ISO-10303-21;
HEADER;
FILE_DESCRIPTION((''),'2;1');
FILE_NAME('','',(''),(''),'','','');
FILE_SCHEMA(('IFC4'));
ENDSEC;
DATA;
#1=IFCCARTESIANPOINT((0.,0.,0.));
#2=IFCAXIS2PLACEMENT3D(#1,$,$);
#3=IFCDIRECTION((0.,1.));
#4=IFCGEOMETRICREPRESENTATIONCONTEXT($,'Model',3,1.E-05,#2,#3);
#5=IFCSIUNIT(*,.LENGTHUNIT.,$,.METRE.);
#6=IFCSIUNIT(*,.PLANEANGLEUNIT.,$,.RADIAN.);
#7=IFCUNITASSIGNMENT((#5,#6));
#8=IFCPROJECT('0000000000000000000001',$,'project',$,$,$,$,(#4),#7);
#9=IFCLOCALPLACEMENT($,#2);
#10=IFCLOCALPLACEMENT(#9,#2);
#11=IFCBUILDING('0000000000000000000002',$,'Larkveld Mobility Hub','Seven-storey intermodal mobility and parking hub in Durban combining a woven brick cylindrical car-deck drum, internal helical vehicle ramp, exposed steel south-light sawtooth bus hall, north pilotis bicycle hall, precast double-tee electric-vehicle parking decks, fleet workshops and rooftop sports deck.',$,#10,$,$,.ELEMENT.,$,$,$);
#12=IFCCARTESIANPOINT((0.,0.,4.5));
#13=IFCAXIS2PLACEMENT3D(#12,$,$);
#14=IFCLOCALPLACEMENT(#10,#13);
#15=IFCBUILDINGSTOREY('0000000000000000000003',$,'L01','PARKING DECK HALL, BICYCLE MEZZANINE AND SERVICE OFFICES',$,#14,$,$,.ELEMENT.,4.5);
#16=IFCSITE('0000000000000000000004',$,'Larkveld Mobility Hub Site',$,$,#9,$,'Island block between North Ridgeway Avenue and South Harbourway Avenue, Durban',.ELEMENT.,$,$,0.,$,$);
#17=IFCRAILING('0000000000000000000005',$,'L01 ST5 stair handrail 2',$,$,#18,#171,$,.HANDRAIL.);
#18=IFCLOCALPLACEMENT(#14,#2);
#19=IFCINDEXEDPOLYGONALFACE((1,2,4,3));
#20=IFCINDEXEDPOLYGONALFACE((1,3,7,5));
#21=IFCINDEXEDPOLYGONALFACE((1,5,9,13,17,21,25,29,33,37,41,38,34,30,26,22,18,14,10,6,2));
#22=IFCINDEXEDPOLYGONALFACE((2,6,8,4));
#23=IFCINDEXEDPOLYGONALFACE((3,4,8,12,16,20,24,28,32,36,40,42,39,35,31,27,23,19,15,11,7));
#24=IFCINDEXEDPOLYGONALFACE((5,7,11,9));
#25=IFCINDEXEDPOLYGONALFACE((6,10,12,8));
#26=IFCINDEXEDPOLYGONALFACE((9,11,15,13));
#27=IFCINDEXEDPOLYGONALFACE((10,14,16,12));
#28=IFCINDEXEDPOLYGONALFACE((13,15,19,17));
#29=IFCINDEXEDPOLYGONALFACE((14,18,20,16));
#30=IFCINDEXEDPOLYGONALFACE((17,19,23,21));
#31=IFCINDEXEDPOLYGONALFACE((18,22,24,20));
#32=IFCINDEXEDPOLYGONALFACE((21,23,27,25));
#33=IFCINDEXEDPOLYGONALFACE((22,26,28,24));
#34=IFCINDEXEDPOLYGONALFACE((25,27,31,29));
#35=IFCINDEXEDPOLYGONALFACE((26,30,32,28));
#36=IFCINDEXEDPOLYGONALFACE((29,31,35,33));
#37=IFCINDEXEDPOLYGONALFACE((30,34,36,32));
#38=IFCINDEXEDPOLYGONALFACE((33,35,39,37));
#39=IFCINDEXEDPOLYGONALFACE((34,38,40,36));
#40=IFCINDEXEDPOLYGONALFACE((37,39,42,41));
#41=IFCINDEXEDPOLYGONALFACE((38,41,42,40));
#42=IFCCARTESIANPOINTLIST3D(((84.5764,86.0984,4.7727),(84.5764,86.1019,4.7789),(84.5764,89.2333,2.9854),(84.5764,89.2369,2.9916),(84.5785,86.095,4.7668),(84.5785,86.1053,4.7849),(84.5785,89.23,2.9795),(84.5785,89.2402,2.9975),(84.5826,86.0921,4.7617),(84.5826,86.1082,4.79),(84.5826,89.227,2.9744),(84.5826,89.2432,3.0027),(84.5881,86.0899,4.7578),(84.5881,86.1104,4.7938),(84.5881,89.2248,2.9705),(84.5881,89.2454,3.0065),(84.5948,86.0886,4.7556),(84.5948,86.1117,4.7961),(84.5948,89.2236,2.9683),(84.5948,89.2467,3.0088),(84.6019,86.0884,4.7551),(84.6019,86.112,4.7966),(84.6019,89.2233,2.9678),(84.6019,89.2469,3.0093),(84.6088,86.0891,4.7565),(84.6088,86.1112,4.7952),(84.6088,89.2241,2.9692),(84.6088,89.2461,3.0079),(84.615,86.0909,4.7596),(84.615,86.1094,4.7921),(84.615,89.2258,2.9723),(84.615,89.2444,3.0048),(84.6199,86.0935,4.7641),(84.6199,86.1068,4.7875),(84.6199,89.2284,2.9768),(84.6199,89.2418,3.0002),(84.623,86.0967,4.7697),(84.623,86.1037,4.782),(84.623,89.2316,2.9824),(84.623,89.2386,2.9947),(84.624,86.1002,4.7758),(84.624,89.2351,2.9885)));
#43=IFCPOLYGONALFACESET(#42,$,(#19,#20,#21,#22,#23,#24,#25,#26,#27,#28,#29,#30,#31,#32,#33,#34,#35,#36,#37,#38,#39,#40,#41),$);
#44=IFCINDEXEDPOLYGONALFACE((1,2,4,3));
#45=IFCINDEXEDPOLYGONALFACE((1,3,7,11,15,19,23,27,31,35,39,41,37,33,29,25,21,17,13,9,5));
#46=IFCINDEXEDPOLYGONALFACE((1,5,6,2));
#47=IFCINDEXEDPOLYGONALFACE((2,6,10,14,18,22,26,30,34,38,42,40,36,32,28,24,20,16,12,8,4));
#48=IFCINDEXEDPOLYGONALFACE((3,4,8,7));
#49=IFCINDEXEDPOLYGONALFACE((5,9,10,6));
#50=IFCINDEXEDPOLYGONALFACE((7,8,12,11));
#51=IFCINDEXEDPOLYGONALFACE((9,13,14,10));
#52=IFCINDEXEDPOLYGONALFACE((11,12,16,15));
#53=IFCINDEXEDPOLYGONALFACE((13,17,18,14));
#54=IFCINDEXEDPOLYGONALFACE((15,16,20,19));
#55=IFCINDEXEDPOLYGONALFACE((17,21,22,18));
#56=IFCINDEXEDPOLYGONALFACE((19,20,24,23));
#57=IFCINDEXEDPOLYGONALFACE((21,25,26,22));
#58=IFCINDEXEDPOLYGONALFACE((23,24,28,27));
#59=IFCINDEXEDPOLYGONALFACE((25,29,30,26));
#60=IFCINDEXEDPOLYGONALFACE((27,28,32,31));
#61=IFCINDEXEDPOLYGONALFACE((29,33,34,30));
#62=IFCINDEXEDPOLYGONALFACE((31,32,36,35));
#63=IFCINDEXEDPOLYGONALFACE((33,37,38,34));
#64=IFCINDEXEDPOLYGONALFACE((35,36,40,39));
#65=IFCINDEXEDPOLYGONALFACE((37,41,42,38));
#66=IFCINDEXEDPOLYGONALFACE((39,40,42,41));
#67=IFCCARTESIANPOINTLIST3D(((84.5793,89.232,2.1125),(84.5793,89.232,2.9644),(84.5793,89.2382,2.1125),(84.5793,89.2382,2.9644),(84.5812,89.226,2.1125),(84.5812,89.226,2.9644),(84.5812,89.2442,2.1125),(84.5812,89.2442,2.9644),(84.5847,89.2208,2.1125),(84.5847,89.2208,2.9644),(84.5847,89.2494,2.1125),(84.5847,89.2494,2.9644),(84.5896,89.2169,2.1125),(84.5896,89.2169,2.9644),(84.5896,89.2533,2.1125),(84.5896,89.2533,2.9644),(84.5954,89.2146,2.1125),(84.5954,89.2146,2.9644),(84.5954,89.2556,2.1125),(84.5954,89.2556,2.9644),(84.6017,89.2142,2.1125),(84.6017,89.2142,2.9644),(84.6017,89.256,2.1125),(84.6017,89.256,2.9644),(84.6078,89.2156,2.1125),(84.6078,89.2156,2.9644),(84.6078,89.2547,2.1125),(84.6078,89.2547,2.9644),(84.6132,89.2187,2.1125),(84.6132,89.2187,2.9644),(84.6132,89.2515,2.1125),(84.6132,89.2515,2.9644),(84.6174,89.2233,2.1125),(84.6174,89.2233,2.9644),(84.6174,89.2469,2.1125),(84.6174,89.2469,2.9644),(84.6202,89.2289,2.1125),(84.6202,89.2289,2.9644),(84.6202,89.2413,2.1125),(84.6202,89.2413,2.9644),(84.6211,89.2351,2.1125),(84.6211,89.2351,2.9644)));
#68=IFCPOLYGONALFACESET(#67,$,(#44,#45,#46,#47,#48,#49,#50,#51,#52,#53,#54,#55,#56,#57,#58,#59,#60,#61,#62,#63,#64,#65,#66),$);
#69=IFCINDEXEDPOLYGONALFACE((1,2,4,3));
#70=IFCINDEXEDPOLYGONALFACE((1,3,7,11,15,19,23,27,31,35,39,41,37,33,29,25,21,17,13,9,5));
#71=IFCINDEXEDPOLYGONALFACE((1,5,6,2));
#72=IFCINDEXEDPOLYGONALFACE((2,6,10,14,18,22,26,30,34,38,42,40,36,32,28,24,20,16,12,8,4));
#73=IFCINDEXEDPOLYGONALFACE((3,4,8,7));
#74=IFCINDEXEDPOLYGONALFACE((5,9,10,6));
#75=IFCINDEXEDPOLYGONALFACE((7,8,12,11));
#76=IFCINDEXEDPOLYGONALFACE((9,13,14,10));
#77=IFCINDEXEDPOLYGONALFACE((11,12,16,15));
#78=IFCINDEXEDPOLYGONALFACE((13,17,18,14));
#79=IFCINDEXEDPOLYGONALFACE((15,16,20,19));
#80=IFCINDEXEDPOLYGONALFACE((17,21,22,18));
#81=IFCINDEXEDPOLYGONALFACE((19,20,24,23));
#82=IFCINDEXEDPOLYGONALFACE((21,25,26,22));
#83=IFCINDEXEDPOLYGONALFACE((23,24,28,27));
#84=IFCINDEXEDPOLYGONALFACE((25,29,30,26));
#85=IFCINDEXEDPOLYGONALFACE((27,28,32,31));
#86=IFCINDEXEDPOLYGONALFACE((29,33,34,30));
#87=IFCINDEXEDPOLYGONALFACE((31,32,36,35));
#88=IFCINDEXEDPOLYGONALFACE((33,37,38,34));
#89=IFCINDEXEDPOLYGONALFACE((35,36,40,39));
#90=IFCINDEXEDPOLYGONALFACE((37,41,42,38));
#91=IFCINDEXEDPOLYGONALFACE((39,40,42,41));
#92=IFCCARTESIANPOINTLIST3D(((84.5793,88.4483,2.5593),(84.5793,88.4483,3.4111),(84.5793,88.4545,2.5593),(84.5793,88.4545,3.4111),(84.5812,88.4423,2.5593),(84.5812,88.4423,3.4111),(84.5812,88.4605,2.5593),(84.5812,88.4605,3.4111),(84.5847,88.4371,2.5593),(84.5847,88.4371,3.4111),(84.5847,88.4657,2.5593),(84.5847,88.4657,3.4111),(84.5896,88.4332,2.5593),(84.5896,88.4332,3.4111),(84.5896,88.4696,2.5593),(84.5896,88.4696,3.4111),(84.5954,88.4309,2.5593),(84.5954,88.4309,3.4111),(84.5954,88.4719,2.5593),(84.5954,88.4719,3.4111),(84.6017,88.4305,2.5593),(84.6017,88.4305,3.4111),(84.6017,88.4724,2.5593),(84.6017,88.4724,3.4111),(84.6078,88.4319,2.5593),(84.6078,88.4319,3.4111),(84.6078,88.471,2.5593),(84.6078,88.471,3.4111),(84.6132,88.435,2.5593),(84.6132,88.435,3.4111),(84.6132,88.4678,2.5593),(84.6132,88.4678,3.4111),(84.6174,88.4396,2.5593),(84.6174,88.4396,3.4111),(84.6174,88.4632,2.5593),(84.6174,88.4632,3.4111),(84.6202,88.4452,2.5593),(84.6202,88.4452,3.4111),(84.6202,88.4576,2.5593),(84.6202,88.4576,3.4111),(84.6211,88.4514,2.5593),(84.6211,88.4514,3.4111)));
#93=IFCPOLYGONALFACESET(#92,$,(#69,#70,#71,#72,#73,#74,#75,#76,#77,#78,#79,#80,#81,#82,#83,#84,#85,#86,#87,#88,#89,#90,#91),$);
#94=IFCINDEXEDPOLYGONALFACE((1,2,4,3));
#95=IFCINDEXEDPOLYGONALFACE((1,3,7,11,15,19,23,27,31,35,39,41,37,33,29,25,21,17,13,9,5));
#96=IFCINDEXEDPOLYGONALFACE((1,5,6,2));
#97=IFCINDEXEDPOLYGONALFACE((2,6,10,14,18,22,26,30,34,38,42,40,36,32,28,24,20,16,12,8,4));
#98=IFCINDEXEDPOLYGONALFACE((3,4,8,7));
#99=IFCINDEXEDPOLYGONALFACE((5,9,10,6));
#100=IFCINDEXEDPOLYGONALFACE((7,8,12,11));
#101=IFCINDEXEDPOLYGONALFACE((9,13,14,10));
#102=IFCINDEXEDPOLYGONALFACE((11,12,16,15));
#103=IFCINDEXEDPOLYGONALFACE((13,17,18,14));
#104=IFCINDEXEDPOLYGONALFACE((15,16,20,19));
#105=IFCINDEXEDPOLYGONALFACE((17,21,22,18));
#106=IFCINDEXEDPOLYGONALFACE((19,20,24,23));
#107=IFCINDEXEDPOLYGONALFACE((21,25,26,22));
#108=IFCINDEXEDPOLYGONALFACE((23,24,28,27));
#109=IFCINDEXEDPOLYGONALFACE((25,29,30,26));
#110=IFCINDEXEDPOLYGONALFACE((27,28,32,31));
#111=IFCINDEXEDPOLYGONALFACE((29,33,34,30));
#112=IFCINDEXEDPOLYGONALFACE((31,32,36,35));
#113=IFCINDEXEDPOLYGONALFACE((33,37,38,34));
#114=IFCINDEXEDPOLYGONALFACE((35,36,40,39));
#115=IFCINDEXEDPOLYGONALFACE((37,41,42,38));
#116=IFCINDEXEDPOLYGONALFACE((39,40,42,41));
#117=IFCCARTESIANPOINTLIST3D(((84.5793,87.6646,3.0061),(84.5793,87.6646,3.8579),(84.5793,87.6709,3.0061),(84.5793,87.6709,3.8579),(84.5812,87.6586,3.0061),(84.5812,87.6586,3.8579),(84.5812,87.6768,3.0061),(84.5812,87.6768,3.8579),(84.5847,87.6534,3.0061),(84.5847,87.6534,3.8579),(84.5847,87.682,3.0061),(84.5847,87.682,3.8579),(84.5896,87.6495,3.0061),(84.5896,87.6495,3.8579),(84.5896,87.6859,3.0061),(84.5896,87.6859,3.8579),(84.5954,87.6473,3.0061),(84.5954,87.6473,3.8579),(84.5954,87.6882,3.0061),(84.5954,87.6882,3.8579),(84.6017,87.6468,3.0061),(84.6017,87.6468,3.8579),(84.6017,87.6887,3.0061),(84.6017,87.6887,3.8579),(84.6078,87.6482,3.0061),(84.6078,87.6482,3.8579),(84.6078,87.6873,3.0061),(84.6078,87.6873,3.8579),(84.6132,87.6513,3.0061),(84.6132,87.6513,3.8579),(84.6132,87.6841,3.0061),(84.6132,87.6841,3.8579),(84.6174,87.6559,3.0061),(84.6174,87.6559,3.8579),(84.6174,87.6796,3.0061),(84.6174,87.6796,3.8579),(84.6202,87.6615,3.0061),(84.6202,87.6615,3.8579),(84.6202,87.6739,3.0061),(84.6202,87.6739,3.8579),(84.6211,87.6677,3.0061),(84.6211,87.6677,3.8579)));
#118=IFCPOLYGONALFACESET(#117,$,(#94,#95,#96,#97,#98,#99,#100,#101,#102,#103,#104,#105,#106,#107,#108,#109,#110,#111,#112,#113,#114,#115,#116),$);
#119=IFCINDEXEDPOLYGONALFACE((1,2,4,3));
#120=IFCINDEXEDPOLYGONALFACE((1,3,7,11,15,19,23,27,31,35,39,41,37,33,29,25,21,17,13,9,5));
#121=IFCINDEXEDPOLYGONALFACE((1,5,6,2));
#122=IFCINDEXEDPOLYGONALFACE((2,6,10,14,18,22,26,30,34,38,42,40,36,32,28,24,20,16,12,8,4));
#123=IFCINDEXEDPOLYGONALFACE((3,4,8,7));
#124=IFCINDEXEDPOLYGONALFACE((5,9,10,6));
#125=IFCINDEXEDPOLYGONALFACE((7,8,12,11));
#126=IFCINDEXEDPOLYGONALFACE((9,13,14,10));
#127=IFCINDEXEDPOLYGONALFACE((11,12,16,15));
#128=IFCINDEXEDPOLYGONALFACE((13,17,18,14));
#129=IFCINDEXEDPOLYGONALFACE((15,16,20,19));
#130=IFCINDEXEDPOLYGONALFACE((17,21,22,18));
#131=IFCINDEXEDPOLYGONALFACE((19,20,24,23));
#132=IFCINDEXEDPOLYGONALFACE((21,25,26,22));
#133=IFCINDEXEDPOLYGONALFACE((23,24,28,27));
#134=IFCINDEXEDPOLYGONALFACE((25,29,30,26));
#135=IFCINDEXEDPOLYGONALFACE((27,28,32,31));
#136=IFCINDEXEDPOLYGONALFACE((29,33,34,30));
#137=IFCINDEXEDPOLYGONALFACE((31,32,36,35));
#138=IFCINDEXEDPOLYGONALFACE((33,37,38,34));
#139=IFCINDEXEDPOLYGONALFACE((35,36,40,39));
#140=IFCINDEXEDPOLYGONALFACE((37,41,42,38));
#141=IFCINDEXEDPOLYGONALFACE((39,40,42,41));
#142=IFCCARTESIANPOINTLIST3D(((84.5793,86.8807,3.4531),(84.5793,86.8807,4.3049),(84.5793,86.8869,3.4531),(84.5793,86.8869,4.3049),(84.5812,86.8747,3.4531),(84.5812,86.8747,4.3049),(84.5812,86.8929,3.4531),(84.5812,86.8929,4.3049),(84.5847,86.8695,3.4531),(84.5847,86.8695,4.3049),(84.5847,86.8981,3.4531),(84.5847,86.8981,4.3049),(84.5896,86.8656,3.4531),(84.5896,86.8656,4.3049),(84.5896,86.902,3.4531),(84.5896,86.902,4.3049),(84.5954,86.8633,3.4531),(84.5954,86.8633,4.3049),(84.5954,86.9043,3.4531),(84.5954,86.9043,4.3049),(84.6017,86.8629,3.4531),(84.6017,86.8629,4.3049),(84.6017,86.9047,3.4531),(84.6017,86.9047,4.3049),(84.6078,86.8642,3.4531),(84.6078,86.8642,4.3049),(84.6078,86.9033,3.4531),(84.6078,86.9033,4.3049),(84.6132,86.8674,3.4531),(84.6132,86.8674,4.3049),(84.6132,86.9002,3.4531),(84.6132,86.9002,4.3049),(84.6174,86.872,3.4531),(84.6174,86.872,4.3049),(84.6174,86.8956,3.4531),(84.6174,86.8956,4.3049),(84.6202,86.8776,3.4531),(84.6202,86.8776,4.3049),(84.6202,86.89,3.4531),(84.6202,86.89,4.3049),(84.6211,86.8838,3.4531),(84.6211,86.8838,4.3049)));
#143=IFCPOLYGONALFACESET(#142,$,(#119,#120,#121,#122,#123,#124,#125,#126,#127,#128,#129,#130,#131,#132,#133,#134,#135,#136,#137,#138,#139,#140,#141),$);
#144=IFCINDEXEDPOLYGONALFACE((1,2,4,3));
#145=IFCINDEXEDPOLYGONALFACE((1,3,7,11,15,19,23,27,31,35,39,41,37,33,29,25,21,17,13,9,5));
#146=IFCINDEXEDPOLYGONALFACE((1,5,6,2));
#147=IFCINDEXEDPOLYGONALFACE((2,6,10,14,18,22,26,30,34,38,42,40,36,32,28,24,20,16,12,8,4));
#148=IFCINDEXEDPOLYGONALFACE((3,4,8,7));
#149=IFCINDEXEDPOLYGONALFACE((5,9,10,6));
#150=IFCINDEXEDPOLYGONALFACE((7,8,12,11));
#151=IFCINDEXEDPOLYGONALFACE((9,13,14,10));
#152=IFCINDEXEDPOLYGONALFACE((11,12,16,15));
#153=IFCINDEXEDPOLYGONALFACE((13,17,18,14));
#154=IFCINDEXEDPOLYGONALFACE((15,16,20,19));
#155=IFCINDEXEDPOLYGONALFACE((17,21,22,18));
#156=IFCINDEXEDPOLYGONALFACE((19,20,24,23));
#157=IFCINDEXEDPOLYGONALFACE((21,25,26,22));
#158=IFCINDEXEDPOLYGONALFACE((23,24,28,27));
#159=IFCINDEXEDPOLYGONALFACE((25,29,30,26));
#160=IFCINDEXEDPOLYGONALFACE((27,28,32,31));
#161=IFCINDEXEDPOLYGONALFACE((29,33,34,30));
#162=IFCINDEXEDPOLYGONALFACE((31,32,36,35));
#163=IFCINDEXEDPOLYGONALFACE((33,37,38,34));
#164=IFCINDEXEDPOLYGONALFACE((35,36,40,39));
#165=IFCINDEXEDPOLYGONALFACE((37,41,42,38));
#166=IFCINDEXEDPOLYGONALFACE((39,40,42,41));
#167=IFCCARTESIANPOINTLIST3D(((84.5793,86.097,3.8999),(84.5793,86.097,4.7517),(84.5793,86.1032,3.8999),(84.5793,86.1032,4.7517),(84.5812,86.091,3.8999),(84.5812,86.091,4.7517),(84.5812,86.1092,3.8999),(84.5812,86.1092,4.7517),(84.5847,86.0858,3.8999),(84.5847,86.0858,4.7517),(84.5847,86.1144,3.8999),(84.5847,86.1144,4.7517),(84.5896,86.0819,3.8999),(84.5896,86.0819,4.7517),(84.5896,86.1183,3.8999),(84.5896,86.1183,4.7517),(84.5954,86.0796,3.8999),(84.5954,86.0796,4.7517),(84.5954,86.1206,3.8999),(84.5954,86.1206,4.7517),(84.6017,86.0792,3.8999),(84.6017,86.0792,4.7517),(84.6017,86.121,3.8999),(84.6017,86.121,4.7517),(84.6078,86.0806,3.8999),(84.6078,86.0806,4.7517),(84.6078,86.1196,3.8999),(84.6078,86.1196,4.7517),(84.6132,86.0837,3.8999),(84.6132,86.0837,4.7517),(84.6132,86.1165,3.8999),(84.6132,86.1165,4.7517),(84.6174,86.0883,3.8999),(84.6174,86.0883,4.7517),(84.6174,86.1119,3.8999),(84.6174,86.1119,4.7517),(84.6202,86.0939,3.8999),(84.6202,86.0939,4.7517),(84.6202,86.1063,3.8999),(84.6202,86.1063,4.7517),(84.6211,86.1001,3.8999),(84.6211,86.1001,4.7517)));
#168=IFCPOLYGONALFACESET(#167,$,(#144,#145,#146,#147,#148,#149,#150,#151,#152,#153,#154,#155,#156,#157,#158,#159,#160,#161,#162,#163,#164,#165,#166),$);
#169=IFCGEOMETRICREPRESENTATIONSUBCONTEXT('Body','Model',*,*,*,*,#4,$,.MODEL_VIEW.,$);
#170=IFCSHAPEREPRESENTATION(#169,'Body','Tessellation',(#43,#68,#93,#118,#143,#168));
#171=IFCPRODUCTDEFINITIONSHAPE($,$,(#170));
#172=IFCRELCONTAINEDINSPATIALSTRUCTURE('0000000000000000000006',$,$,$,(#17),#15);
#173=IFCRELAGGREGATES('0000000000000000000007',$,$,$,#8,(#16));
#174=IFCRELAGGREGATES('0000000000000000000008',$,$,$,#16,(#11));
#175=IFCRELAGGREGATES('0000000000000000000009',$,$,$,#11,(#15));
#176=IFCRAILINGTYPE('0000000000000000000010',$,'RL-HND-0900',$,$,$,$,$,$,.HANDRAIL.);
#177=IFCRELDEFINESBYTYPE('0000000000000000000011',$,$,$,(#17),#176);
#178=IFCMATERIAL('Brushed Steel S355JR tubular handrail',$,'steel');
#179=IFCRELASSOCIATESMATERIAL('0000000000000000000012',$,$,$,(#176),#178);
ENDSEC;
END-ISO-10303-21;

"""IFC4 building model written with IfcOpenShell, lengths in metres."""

from ifc_helpers import new_model, si_unit, direction, frame, origin, origin_2d, place, context, subcontext, project, spatial, circle, extrude, material, type_object, element, save


model = new_model("IFC4")

# Units and contexts
model_context = context("Model", 3, precision=1e-05, world=origin(), true_north=direction((0.0, 1.0)))
body_context = subcontext(model_context, "Body", "Model", "MODEL_VIEW")
ifc_project = project(units=[si_unit("LENGTHUNIT", "METRE"), si_unit("PLANEANGLEUNIT", "RADIAN")], contexts=[model_context])

# Site, building, storey
site_placement = place(None, origin())
site = spatial("IfcSite", under=ifc_project, at=site_placement, Name="Larkveld Mobility Hub Site", LongName="Island block between North Ridgeway Avenue and South Harbourway Avenue, Durban", CompositionType="ELEMENT", RefElevation=0.0)
building_placement = place(site_placement, origin())
building = spatial("IfcBuilding", under=site, at=building_placement, Name="Larkveld Mobility Hub", Description="Seven-storey intermodal mobility and parking hub in Durban combining a woven brick cylindrical car-deck drum, internal helical vehicle ramp, exposed steel south-light sawtooth bus hall, north pilotis bicycle hall, precast double-tee electric-vehicle parking decks, fleet workshops and rooftop sports deck.", CompositionType="ELEMENT")
storey_placement = place(building_placement, frame((0.0, 0.0, 4.5)))
storey = spatial("IfcBuildingStorey", under=building, at=storey_placement, Name="L01", Description="PARKING DECK HALL, BICYCLE MEZZANINE AND SERVICE OFFICES", CompositionType="ELEMENT", Elevation=4.5)

# Railing
ifc_material_1 = material(Name="Brushed Steel S355JR tubular handrail", Category="steel")
railing_type_1 = type_object("IfcRailingType", Name="RL-HND-0900", PredefinedType="HANDRAIL", material=ifc_material_1)
railing_1_placement = place(storey_placement, frame((84.6001, 89.2351, 2.1125)))
element("IfcRailing", 1, at=railing_1_placement, inside=storey, type_object=railing_type_1, Name="L01 ST5 stair handrail 2", PredefinedType="HANDRAIL", context=body_context, shape_type="SweptSolid", body=[
    extrude(circle(Radius=0.0239, at=origin_2d()), frame((0.0, 0.0, 0.876), z_axis=(0.0, -0.86873, 0.495286), x_axis=(1.0, 0.0, 0.0)), (0.0, 0.0, 1.0), 3.6086),
    extrude(circle(Radius=0.021, at=origin_2d()), origin(), (0.0, 0.0, 1.0), 0.8518),
    extrude(circle(Radius=0.021, at=origin_2d()), frame((0.0, -0.7837, 0.4468)), (0.0, 0.0, 1.0), 0.8518),
    extrude(circle(Radius=0.021, at=origin_2d()), frame((0.0, -1.5674, 0.8936)), (0.0, 0.0, 1.0), 0.8518),
    extrude(circle(Radius=0.021, at=origin_2d()), frame((0.0, -2.3513, 1.3406)), (0.0, 0.0, 1.0), 0.8518),
    extrude(circle(Radius=0.021, at=origin_2d()), frame((0.0, -3.135, 1.7874)), (0.0, 0.0, 1.0), 0.8518),
])

save(model, "model.ifc")
